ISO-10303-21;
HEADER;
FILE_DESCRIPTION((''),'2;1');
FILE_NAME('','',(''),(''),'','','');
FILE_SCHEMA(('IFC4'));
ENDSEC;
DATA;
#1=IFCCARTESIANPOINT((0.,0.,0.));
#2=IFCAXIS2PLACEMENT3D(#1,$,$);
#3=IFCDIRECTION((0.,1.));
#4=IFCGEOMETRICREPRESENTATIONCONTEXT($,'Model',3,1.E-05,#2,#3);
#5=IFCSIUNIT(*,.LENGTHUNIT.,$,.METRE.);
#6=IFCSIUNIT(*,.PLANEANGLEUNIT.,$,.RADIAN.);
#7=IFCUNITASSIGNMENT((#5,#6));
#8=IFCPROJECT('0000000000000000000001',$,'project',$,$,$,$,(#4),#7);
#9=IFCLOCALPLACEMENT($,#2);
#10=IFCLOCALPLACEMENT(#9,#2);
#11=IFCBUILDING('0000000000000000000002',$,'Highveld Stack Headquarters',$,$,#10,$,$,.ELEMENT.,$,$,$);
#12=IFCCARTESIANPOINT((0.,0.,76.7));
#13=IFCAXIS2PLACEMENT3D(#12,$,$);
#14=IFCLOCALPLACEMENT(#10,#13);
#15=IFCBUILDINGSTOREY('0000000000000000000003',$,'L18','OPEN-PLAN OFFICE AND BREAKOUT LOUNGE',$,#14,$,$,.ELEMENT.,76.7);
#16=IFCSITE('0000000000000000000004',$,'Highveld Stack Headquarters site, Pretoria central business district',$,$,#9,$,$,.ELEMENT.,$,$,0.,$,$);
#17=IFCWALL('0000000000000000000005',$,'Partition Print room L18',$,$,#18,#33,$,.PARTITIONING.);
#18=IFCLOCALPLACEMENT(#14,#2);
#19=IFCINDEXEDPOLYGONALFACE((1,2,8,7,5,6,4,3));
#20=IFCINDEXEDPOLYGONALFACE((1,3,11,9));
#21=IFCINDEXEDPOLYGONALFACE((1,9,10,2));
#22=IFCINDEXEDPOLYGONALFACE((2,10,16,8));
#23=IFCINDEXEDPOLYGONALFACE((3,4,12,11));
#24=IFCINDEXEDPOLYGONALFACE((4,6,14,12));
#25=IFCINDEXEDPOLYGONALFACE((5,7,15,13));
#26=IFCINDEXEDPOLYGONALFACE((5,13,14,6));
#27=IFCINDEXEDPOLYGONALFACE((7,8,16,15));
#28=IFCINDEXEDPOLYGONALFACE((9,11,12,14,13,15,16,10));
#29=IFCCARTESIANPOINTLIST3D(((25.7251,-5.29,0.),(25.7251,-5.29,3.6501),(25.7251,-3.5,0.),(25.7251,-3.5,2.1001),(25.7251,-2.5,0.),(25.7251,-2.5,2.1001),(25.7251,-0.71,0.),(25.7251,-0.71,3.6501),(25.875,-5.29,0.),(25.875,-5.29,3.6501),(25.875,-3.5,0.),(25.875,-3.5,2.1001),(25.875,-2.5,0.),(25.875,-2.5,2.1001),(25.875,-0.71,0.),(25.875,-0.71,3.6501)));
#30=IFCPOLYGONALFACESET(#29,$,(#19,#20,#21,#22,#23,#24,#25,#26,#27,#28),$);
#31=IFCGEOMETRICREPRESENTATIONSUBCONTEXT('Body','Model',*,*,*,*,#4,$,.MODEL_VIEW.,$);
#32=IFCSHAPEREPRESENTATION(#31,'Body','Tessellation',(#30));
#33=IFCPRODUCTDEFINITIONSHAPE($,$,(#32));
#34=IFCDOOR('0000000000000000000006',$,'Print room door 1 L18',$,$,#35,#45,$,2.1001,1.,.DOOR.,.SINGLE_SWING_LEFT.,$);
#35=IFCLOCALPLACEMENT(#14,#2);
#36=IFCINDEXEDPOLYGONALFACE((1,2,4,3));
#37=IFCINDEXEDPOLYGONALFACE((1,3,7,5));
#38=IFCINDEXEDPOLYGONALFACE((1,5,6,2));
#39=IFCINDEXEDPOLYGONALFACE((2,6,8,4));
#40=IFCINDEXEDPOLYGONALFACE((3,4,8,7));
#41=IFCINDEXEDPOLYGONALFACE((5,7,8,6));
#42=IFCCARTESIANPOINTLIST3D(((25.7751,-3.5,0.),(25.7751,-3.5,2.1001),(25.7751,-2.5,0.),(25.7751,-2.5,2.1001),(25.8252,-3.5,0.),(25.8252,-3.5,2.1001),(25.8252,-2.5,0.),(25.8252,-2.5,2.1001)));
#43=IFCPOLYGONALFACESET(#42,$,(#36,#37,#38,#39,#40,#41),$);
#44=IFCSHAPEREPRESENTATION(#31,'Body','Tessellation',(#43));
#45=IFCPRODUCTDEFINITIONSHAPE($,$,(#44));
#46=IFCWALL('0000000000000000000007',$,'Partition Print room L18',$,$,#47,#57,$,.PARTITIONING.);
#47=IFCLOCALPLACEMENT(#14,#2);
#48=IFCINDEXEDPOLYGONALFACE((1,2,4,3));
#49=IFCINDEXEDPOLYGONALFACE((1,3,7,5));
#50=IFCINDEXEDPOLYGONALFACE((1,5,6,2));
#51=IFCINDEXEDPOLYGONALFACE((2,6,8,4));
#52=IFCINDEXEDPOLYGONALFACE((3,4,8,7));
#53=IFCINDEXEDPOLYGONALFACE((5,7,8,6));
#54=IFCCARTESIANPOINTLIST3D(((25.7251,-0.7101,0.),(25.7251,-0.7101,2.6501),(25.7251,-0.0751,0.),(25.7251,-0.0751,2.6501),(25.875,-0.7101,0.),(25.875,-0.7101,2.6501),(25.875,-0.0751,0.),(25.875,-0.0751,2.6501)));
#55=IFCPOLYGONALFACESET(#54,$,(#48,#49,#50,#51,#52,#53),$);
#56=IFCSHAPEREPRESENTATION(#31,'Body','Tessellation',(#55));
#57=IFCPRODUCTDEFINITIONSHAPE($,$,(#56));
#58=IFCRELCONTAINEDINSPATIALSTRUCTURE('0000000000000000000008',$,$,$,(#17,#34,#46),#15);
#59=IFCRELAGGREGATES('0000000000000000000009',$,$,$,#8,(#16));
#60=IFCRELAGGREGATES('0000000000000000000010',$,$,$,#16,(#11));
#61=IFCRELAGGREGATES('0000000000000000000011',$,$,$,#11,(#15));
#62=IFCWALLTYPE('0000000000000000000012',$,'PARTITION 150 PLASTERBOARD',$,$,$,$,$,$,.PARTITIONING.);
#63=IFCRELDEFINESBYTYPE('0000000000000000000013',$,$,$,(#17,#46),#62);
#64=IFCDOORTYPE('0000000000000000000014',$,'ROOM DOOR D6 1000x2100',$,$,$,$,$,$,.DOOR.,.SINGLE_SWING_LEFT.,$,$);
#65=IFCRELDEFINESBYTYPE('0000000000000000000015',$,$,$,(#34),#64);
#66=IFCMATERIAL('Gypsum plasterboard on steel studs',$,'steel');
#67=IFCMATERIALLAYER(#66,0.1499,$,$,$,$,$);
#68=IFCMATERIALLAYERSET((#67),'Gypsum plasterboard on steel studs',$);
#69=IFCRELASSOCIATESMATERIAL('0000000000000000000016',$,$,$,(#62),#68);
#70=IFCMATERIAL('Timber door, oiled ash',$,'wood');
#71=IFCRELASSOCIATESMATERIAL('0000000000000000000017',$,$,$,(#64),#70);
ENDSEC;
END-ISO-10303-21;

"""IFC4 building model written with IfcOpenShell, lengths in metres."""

from ifc_helpers import new_model, si_unit, direction, frame, frame_2d, origin, place, context, subcontext, project, spatial, rectangle, extrude, material, layer, layer_set, type_object, element, fill, save


model = new_model("IFC4")

# Units and contexts
model_context = context("Model", 3, precision=1e-05, world=origin(), true_north=direction((0.0, 1.0)))
body_context = subcontext(model_context, "Body", "Model", "MODEL_VIEW")
ifc_project = project(units=[si_unit("LENGTHUNIT", "METRE"), si_unit("PLANEANGLEUNIT", "RADIAN")], contexts=[model_context])

# Site, building, storey
site_placement = place(None, origin())
site = spatial("IfcSite", under=ifc_project, at=site_placement, Name="Highveld Stack Headquarters site, Pretoria central business district", CompositionType="ELEMENT", RefElevation=0.0)
building_placement = place(site_placement, origin())
building = spatial("IfcBuilding", under=site, at=building_placement, Name="Highveld Stack Headquarters", CompositionType="ELEMENT")
storey_placement = place(building_placement, frame((0.0, 0.0, 76.7)))
storey = spatial("IfcBuildingStorey", under=building, at=storey_placement, Name="L18", Description="OPEN-PLAN OFFICE AND BREAKOUT LOUNGE", CompositionType="ELEMENT", Elevation=76.7)

# Shared definitions
ifc_material_1 = material(Name="Gypsum plasterboard on steel studs", Category="steel")
ifc_layer_1 = layer(ifc_material_1, 0.1499)
ifc_layer_set_1 = layer_set([ifc_layer_1], Name="Gypsum plasterboard on steel studs")
wall_type = type_object("IfcWallType", Name="PARTITION 150 PLASTERBOARD", PredefinedType="PARTITIONING", material=ifc_layer_set_1)

# Shared definitions
ifc_material_2 = material(Name="Timber door, oiled ash", Category="wood")
door_type = type_object("IfcDoorType", Name="ROOM DOOR D6 1000x2100", OperationType="SINGLE_SWING_LEFT", PredefinedType="DOOR", material=ifc_material_2)

# Wall, opening, door
wall_1_placement = place(storey_placement, frame((25.8, -5.29, 0.0), z_axis=(0.0, 0.0, 1.0), x_axis=(0.0, 1.0, 0.0)))
wall_1 = element("IfcWall", 1, at=wall_1_placement, inside=storey, type_object=wall_type, Name="Partition Print room L18", PredefinedType="PARTITIONING", context=body_context, shape_type="SweptSolid", body=[
    extrude(rectangle(XDim=4.5801, YDim=0.1499, at=frame_2d((2.29, 0.0))), origin(), (0.0, 0.0, 1.0), 3.6501),
])
opening_1_placement = place(wall_1_placement, frame((1.79, 0.0, 0.0)))
opening_1 = element("IfcOpeningElement", 2, at=opening_1_placement, cuts=wall_1, PredefinedType="OPENING", context=body_context, shape_type="SweptSolid", body=[
    extrude(rectangle(XDim=1.0, YDim=2.1001, at=frame_2d((0.5, 1.05))), frame((0.0, 0.085, 0.0), z_axis=(0.0, -1.0, 0.0), x_axis=(1.0, 0.0, 0.0)), (0.0, 0.0, 1.0), 0.1699),
])
door_1_placement = place(opening_1_placement, origin())
door_1 = element("IfcDoor", 3, at=door_1_placement, inside=storey, type_object=door_type, Name="Print room door 1 L18", OperationType="SINGLE_SWING_LEFT", OverallHeight=2.1001, OverallWidth=1.0, PredefinedType="DOOR", context=body_context, shape_type="SweptSolid", body=[
    extrude(rectangle(XDim=1.0, YDim=2.1001, at=frame_2d((0.5, 1.05))), frame((0.0, 0.0249, 0.0), z_axis=(0.0, -1.0, 0.0), x_axis=(1.0, 0.0, 0.0)), (0.0, 0.0, 1.0), 0.05),
])
fill(opening_1, door_1)

# Wall
wall_2_placement = place(storey_placement, frame((25.8, -0.71, 0.0), z_axis=(0.0, 0.0, 1.0), x_axis=(0.0, 1.0, 0.0)))
element("IfcWall", 4, at=wall_2_placement, inside=storey, type_object=wall_type, Name="Partition Print room L18", PredefinedType="PARTITIONING", context=body_context, shape_type="SweptSolid", body=[
    extrude(rectangle(XDim=0.635, YDim=0.1499, at=frame_2d((0.3174, 0.0))), origin(), (0.0, 0.0, 1.0), 2.6501),
])

save(model, "model.ifc")
